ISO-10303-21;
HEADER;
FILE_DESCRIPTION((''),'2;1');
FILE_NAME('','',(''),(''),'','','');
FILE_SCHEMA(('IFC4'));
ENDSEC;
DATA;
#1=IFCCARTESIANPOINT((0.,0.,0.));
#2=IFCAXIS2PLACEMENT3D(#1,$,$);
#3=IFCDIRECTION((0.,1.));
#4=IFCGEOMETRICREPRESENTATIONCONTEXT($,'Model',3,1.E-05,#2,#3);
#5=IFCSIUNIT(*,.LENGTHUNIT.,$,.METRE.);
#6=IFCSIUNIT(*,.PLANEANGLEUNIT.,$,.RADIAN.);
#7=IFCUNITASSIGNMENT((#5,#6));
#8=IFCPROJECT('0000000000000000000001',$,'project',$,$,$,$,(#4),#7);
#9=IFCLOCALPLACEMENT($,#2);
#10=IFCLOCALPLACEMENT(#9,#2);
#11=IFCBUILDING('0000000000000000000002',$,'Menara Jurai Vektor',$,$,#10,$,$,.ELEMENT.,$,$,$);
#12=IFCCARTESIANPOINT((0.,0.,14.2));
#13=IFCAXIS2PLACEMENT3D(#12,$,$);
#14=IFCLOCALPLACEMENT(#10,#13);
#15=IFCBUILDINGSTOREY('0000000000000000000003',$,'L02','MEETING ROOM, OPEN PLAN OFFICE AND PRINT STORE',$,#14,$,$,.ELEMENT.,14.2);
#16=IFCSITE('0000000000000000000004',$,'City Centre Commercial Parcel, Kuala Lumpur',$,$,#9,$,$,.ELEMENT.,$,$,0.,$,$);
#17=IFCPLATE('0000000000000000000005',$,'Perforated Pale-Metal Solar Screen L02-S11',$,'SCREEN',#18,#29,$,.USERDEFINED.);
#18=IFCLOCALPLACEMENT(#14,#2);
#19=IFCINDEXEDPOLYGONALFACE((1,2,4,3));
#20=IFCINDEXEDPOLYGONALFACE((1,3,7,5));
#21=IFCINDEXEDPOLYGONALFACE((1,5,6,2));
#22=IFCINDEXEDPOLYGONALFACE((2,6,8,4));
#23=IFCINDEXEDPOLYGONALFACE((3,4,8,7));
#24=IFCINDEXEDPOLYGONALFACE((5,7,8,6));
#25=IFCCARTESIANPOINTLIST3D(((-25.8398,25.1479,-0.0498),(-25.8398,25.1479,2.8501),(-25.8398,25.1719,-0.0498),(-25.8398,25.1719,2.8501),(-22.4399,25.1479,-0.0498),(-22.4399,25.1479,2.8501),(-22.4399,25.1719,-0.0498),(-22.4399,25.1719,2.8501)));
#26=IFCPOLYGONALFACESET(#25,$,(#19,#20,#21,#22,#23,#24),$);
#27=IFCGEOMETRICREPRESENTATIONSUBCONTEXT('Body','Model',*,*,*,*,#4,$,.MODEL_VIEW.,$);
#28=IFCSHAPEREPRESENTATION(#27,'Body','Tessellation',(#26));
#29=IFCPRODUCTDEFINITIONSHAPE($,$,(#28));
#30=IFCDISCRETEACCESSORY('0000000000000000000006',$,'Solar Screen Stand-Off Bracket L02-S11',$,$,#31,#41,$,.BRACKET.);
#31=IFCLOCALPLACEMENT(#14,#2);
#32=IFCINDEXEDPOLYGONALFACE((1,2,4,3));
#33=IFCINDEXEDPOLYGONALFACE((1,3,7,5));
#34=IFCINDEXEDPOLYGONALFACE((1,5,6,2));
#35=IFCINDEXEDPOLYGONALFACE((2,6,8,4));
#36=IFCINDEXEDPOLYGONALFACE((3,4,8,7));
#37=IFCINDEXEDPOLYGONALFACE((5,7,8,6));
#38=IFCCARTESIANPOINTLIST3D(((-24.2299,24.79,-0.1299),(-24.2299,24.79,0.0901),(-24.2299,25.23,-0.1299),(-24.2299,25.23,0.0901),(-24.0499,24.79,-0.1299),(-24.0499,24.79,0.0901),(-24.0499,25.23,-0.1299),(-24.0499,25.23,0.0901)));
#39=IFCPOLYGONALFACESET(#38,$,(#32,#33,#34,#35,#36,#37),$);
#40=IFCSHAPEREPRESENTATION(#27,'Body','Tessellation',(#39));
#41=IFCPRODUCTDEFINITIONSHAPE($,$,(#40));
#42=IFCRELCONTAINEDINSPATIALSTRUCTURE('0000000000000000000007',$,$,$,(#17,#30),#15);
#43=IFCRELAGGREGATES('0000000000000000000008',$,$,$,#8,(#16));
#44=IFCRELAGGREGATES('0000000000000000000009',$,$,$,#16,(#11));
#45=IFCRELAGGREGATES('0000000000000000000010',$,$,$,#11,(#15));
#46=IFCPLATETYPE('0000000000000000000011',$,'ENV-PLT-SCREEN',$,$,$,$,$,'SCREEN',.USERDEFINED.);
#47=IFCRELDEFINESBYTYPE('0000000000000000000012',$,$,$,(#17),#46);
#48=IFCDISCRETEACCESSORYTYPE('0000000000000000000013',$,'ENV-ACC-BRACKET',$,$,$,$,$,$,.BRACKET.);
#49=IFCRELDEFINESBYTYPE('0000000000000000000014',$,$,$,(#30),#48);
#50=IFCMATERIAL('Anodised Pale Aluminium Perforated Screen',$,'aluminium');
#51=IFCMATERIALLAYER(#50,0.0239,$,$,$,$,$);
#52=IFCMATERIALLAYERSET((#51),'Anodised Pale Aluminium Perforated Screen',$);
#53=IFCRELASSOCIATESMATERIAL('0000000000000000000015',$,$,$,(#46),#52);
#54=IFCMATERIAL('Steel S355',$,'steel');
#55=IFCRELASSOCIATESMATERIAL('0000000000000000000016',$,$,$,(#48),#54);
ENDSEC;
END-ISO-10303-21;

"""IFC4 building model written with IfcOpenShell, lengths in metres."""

from ifc_helpers import new_model, si_unit, direction, frame, origin, origin_2d, place, context, subcontext, project, spatial, rectangle, extrude, material, layer, layer_set, type_object, element, save


model = new_model("IFC4")

# Units and contexts
model_context = context("Model", 3, precision=1e-05, world=origin(), true_north=direction((0.0, 1.0)))
body_context = subcontext(model_context, "Body", "Model", "MODEL_VIEW")
ifc_project = project(units=[si_unit("LENGTHUNIT", "METRE"), si_unit("PLANEANGLEUNIT", "RADIAN")], contexts=[model_context])

# Site, building, storey
site_placement = place(None, origin())
site = spatial("IfcSite", under=ifc_project, at=site_placement, Name="City Centre Commercial Parcel, Kuala Lumpur", CompositionType="ELEMENT", RefElevation=0.0)
building_placement = place(site_placement, origin())
building = spatial("IfcBuilding", under=site, at=building_placement, Name="Menara Jurai Vektor", CompositionType="ELEMENT")
storey_placement = place(building_placement, frame((0.0, 0.0, 14.2)))
storey = spatial("IfcBuildingStorey", under=building, at=storey_placement, Name="L02", Description="MEETING ROOM, OPEN PLAN OFFICE AND PRINT STORE", CompositionType="ELEMENT", Elevation=14.2)

# Shared definitions
ifc_material_1 = material(Name="Steel S355", Category="steel")

# Plate
ifc_material_2 = material(Name="Anodised Pale Aluminium Perforated Screen", Category="aluminium")
ifc_layer_1 = layer(ifc_material_2, 0.0239)
ifc_layer_set_1 = layer_set([ifc_layer_1], Name="Anodised Pale Aluminium Perforated Screen")
plate_type_1 = type_object("IfcPlateType", Name="ENV-PLT-SCREEN", ElementType="SCREEN", PredefinedType="USERDEFINED", material=ifc_layer_set_1)
plate_1_placement = place(storey_placement, frame((-24.1399, 25.1599, -0.0498), z_axis=(0.0, 0.0, 1.0), x_axis=(-1.0, 0.0, 0.0)))
element("IfcPlate", 1, at=plate_1_placement, inside=storey, type_object=plate_type_1, Name="Perforated Pale-Metal Solar Screen L02-S11", ObjectType="SCREEN", PredefinedType="USERDEFINED", context=body_context, shape_type="SweptSolid", body=[
    extrude(rectangle(XDim=3.3999, YDim=0.0239, at=origin_2d()), origin(), (0.0, 0.0, 1.0), 2.8999),
])

# Discrete accessory
discrete_accessory_type = type_object("IfcDiscreteAccessoryType", Name="ENV-ACC-BRACKET", PredefinedType="BRACKET", material=ifc_material_1)
discrete_accessory_placement = place(storey_placement, frame((-24.1399, 25.01, -0.1299), z_axis=(0.0, 0.0, 1.0), x_axis=(-1.0, 0.0, 0.0)))
element("IfcDiscreteAccessory", 2, at=discrete_accessory_placement, inside=storey, type_object=discrete_accessory_type, Name="Solar Screen Stand-Off Bracket L02-S11", PredefinedType="BRACKET", context=body_context, shape_type="SweptSolid", body=[
    extrude(rectangle(XDim=0.1799, YDim=0.4399, at=origin_2d()), origin(), (0.0, 0.0, 1.0), 0.22),
])

save(model, "model.ifc")
